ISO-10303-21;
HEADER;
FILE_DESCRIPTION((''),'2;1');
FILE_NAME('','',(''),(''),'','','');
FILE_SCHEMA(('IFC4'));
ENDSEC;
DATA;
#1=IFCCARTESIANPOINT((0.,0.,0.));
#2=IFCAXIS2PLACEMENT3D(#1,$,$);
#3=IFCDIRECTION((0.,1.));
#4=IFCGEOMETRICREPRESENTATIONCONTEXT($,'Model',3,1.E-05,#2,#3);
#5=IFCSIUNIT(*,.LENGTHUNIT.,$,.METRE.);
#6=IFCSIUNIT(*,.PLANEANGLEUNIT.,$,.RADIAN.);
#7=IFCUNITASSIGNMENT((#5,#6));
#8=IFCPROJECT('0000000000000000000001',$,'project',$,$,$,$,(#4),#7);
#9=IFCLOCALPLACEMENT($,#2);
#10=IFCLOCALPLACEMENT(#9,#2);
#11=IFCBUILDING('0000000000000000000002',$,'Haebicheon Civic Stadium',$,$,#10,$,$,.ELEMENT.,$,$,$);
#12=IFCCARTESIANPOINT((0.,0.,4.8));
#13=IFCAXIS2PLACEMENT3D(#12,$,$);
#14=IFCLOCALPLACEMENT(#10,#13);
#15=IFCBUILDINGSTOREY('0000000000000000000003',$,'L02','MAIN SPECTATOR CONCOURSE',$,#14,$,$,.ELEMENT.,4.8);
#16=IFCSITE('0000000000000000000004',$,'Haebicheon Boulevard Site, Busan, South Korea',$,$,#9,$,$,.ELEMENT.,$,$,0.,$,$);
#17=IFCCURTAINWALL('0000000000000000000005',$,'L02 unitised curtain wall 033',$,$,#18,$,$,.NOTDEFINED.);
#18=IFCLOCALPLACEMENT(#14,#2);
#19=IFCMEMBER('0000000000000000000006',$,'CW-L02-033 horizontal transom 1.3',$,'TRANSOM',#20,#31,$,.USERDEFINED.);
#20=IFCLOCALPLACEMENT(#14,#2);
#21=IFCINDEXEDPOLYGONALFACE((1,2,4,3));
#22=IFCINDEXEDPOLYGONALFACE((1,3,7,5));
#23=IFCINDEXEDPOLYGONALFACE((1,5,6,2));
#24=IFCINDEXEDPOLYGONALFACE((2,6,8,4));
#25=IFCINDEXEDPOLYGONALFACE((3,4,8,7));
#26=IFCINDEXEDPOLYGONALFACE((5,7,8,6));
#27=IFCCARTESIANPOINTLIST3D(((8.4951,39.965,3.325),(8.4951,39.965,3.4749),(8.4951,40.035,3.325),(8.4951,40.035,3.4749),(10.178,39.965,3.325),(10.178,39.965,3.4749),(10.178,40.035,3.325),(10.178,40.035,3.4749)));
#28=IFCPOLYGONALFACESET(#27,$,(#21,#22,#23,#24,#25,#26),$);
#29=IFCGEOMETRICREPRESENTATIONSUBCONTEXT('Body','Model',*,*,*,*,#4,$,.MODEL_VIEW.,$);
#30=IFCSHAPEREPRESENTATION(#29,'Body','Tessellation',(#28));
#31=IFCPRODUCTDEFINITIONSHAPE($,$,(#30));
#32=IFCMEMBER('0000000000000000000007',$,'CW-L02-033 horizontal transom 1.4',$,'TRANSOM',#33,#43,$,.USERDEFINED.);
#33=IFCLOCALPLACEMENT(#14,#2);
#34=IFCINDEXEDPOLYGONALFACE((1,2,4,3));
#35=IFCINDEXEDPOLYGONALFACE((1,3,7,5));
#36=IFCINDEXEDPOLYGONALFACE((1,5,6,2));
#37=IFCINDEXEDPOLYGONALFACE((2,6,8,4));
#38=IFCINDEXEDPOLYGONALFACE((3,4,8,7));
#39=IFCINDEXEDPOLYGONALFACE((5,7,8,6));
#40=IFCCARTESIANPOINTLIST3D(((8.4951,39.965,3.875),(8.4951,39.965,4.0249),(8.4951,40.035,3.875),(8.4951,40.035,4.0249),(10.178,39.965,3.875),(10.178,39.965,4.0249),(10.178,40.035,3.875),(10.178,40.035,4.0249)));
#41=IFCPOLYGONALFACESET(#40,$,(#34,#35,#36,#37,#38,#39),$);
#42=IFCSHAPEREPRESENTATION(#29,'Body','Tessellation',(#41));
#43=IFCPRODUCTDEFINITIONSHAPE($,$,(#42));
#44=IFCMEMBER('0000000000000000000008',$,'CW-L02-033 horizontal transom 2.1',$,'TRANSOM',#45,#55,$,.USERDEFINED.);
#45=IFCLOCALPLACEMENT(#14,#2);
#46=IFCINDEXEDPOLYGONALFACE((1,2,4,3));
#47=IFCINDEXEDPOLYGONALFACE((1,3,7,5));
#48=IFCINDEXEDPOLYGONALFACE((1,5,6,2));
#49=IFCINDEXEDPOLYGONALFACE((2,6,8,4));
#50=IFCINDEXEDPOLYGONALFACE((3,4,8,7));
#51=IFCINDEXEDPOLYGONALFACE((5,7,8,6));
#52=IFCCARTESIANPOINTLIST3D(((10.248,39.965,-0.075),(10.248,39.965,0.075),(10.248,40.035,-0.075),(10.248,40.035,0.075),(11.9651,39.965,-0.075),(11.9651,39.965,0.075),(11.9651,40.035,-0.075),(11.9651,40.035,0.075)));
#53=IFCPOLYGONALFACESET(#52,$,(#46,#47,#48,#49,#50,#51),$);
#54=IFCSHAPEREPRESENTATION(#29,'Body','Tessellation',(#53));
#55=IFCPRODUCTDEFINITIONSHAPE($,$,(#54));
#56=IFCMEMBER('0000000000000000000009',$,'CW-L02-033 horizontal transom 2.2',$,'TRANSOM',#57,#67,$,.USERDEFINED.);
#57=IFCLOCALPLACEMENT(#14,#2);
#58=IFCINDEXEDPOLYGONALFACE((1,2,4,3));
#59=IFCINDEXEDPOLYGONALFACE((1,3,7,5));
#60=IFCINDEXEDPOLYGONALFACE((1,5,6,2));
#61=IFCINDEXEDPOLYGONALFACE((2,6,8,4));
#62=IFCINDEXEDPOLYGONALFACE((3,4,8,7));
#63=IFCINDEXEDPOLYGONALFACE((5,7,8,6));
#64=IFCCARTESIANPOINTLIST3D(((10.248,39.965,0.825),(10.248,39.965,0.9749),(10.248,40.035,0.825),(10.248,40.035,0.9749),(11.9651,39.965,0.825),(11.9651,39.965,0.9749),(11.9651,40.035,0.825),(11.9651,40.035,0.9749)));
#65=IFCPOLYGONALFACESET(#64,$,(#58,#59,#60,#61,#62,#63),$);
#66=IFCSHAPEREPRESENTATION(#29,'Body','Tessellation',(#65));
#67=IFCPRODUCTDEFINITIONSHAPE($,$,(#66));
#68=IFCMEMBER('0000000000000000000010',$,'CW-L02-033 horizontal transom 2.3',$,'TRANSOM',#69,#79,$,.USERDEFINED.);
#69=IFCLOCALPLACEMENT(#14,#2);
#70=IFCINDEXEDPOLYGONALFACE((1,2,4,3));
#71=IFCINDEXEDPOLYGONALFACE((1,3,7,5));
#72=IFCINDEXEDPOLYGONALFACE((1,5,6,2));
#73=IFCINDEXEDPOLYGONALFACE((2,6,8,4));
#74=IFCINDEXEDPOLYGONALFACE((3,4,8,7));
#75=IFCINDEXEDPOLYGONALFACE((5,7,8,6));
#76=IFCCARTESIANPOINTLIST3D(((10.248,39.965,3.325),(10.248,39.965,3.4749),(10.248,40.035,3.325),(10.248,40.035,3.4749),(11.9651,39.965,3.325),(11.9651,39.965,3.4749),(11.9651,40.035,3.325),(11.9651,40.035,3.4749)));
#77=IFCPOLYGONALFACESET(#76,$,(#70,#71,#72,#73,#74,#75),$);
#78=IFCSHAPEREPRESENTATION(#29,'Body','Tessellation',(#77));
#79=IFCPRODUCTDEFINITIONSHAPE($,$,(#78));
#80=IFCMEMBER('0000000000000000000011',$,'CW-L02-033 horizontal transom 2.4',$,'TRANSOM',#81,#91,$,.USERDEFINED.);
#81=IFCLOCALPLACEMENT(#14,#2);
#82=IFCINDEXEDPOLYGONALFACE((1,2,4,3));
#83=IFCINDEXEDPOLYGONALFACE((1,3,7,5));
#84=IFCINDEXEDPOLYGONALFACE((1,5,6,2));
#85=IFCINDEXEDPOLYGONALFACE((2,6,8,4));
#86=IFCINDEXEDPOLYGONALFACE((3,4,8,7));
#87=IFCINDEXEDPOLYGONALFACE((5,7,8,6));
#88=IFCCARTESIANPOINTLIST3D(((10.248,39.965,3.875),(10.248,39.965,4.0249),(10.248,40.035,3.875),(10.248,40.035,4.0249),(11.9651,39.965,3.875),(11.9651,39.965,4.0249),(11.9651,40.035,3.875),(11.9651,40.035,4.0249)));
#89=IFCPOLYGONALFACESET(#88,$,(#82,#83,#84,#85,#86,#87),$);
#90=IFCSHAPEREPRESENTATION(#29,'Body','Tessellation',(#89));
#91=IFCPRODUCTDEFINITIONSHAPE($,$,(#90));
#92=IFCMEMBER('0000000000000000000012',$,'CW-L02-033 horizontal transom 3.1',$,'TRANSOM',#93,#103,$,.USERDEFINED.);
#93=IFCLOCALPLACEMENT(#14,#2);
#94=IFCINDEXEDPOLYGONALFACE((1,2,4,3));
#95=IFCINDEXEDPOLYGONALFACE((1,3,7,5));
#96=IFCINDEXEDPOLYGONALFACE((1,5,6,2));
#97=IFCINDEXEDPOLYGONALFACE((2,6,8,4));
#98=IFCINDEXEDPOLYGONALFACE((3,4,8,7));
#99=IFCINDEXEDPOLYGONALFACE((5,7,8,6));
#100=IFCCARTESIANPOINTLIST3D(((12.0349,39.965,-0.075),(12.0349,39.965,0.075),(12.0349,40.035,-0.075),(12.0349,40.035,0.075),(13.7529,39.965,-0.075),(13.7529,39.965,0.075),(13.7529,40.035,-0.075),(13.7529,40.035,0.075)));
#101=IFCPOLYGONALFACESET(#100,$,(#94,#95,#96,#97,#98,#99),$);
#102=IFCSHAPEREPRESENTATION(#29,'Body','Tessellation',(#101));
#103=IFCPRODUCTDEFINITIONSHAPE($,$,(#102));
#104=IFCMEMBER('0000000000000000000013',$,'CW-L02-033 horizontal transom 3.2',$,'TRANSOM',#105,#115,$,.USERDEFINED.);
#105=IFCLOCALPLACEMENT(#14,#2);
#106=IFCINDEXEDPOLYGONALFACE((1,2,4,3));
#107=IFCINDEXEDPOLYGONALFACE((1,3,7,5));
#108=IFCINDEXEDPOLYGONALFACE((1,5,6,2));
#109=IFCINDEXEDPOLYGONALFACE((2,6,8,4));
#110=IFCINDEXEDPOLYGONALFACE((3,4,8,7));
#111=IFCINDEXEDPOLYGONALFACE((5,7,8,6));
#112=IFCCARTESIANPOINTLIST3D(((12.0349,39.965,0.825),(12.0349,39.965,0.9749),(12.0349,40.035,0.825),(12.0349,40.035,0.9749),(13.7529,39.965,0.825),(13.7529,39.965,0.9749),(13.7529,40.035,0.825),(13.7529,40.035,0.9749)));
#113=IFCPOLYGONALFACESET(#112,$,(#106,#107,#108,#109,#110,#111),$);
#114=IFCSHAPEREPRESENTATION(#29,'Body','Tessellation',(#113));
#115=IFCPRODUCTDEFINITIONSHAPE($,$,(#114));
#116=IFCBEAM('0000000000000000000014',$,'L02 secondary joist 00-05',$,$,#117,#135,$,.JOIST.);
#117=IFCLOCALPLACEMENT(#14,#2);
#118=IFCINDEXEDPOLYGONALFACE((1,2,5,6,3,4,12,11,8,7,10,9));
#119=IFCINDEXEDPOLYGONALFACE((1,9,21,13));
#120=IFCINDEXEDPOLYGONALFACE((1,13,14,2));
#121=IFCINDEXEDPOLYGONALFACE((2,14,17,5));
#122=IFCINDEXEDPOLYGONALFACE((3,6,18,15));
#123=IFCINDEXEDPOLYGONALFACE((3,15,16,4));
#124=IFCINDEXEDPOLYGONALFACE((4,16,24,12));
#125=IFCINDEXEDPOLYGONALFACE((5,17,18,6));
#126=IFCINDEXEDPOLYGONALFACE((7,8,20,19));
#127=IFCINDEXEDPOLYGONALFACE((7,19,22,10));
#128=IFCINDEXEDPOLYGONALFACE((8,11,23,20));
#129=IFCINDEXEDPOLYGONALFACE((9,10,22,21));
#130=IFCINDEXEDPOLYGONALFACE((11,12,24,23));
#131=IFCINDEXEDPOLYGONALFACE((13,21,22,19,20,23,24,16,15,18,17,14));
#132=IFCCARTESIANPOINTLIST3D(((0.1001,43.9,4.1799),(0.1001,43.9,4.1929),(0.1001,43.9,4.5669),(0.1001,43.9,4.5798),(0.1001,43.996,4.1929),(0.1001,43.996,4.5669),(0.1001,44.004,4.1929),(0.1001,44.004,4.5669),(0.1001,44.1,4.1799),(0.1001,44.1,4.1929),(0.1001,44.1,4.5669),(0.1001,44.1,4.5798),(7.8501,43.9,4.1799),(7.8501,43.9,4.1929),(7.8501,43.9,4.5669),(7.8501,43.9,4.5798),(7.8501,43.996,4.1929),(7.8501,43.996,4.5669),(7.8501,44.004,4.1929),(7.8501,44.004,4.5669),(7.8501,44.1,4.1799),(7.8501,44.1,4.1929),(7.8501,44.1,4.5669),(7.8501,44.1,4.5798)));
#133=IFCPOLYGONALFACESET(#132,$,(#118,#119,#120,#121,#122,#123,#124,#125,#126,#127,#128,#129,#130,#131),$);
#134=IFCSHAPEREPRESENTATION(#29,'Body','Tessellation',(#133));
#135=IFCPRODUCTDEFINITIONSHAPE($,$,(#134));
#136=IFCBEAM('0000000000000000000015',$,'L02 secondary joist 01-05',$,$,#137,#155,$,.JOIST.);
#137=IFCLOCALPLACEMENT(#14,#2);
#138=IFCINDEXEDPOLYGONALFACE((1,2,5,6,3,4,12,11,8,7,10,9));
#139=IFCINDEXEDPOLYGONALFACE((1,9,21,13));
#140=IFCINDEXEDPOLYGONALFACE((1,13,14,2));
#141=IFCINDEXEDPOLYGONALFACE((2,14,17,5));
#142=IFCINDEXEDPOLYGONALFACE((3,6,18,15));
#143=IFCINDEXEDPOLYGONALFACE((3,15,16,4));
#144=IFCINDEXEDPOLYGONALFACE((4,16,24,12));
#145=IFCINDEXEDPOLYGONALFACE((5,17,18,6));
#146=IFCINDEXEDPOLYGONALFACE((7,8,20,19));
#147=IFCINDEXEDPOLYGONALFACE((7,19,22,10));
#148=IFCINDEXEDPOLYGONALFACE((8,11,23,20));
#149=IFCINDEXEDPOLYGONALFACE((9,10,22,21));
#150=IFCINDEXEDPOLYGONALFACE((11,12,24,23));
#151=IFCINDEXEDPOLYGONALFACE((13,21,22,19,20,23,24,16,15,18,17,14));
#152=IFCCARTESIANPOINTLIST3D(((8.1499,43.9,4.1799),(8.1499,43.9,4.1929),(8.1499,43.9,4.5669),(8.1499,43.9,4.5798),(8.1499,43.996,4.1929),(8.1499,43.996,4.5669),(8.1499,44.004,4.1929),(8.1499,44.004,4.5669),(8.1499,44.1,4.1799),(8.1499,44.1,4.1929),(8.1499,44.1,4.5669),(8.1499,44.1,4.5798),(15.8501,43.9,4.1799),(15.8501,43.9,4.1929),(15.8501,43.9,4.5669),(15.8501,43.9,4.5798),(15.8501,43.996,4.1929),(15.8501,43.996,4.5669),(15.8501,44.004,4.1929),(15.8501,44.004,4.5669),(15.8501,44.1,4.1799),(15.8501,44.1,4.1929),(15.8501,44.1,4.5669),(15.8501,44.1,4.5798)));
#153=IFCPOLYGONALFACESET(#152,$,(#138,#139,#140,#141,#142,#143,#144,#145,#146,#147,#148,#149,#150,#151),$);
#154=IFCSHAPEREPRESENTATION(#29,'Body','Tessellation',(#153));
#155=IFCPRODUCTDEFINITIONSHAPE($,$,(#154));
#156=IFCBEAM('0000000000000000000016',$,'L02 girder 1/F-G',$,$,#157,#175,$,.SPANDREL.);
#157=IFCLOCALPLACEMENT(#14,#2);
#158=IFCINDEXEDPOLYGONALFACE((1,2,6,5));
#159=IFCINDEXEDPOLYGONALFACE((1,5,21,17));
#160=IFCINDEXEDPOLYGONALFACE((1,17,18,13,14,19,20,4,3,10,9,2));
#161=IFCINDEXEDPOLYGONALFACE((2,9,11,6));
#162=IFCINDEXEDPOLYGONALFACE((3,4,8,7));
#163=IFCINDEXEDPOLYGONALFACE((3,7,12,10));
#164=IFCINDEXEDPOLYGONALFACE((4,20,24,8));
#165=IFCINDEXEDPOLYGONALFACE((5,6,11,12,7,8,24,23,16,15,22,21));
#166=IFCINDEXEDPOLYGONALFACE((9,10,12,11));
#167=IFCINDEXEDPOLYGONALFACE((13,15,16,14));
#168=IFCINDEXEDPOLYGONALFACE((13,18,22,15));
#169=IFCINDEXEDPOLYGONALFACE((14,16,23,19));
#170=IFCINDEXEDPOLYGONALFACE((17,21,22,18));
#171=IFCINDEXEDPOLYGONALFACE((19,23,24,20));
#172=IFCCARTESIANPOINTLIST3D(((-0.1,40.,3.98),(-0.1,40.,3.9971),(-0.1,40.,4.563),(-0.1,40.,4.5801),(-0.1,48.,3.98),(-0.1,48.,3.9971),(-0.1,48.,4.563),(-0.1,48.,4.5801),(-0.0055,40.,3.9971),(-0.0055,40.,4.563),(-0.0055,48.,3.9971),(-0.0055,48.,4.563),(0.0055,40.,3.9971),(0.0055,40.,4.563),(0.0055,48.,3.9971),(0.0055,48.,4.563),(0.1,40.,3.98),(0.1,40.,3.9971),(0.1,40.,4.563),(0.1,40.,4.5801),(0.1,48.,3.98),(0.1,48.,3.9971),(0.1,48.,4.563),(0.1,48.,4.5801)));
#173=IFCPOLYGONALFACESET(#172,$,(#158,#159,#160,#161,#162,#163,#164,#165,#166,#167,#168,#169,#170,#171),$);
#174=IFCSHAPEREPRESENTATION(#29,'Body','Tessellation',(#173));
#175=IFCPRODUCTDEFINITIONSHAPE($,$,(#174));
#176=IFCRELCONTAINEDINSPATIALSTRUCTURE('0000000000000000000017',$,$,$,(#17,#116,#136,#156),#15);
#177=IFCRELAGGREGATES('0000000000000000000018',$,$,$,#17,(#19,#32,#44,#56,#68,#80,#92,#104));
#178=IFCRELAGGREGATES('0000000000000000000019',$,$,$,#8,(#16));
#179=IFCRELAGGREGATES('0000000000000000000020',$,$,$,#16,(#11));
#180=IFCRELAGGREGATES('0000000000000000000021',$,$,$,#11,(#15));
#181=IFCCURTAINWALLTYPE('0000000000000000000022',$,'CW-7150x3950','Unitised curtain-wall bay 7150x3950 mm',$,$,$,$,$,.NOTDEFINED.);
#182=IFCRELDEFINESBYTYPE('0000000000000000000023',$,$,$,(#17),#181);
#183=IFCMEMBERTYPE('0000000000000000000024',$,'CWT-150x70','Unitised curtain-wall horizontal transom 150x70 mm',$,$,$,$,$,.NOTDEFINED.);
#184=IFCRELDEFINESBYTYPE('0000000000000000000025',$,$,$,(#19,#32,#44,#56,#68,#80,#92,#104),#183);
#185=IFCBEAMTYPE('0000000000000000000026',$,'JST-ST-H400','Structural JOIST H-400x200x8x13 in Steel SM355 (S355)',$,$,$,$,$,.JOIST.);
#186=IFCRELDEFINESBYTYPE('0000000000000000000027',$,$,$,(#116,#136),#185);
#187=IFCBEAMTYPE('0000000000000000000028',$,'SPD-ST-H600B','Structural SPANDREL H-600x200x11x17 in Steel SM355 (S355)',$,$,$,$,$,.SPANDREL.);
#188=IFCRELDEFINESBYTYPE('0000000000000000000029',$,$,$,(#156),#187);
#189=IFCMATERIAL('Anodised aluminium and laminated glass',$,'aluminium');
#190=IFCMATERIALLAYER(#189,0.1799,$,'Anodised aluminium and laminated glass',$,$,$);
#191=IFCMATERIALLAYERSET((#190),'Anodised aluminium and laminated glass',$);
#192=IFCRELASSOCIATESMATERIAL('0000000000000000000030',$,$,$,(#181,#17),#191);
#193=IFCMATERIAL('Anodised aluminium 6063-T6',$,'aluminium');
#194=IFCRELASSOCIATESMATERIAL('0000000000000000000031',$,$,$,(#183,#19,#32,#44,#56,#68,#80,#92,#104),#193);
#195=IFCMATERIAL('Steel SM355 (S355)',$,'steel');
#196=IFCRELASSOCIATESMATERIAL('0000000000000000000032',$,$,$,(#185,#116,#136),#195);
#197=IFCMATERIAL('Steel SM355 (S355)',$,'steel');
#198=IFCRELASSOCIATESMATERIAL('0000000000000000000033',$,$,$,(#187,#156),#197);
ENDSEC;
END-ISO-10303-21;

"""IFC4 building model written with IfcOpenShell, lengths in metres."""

from ifc_helpers import new_model, si_unit, direction, frame, origin, origin_2d, place, context, subcontext, project, spatial, rectangle, i_section, extrude, material, layer, layer_set, material_profile, profile_set, type_object, element, aggregate, save


model = new_model("IFC4")

# Units and contexts
model_context = context("Model", 3, precision=1e-05, world=origin(), true_north=direction((0.0, 1.0)))
body_context = subcontext(model_context, "Body", "Model", "MODEL_VIEW")
ifc_project = project(units=[si_unit("LENGTHUNIT", "METRE"), si_unit("PLANEANGLEUNIT", "RADIAN")], contexts=[model_context])

# Site, building, storey
site_placement = place(None, origin())
site = spatial("IfcSite", under=ifc_project, at=site_placement, Name="Haebicheon Boulevard Site, Busan, South Korea", CompositionType="ELEMENT", RefElevation=0.0)
building_placement = place(site_placement, origin())
building = spatial("IfcBuilding", under=site, at=building_placement, Name="Haebicheon Civic Stadium", CompositionType="ELEMENT")
storey_placement = place(building_placement, frame((0.0, 0.0, 4.8)))
storey = spatial("IfcBuildingStorey", under=building, at=storey_placement, Name="L02", Description="MAIN SPECTATOR CONCOURSE", CompositionType="ELEMENT", Elevation=4.8)

# Curtain wall, members
ifc_material_1 = material(Name="Anodised aluminium and laminated glass", Category="aluminium")
ifc_layer_1 = layer(ifc_material_1, 0.1799, Name="Anodised aluminium and laminated glass")
ifc_layer_set_1 = layer_set([ifc_layer_1], Name="Anodised aluminium and laminated glass")
curtain_wall_type = type_object("IfcCurtainWallType", Name="CW-7150x3950", Description="Unitised curtain-wall bay 7150x3950 mm", PredefinedType="NOTDEFINED", material=ifc_layer_set_1)
curtain_wall_placement = place(storey_placement, origin())
curtain_wall = element("IfcCurtainWall", 1, at=curtain_wall_placement, inside=storey, type_object=curtain_wall_type, material=ifc_layer_set_1, Name="L02 unitised curtain wall 033", PredefinedType="NOTDEFINED")
ifc_material_2 = material(Name="Anodised aluminium 6063-T6", Category="aluminium")
ifc_material_profile_1 = material_profile(ifc_material_2, rectangle(XDim=0.0701, YDim=0.1499, at=origin_2d()), Name="ALU-TRAN-70x150")
ifc_profile_set_1 = profile_set([ifc_material_profile_1], Name="Anodised aluminium 6063-T6")
member_type_1 = type_object("IfcMemberType", Name="CWT-150x70", Description="Unitised curtain-wall horizontal transom 150x70 mm", PredefinedType="NOTDEFINED", material=ifc_profile_set_1)
member_1_placement = place(storey_placement, frame((8.4951, 40.0, 3.3999), z_axis=(1.0, 0.0, 0.0), x_axis=(0.0, 1.0, 0.0)))
member_1 = element("IfcMember", 2, at=member_1_placement, type_object=member_type_1, material=ifc_profile_set_1, Name="CW-L02-033 horizontal transom 1.3", ObjectType="TRANSOM", PredefinedType="USERDEFINED", context=body_context, shape_type="SweptSolid", body=[
    extrude(rectangle(XDim=0.0701, YDim=0.1499, at=origin_2d()), origin(), (0.0, 0.0, 1.0), 1.6829),
])
member_2_placement = place(storey_placement, frame((8.4951, 40.0, 3.95), z_axis=(1.0, 0.0, 0.0), x_axis=(0.0, 1.0, 0.0)))
member_2 = element("IfcMember", 3, at=member_2_placement, type_object=member_type_1, material=ifc_profile_set_1, Name="CW-L02-033 horizontal transom 1.4", ObjectType="TRANSOM", PredefinedType="USERDEFINED", context=body_context, shape_type="SweptSolid", body=[
    extrude(rectangle(XDim=0.0701, YDim=0.1499, at=origin_2d()), origin(), (0.0, 0.0, 1.0), 1.6829),
])
member_3_placement = place(storey_placement, frame((10.248, 40.0, 0.0), z_axis=(1.0, 0.0, 0.0), x_axis=(0.0, 1.0, 0.0)))
member_3 = element("IfcMember", 4, at=member_3_placement, type_object=member_type_1, material=ifc_profile_set_1, Name="CW-L02-033 horizontal transom 2.1", ObjectType="TRANSOM", PredefinedType="USERDEFINED", context=body_context, shape_type="SweptSolid", body=[
    extrude(rectangle(XDim=0.0701, YDim=0.1499, at=origin_2d()), origin(), (0.0, 0.0, 1.0), 1.717),
])
member_4_placement = place(storey_placement, frame((10.248, 40.0, 0.8999), z_axis=(1.0, 0.0, 0.0), x_axis=(0.0, 1.0, 0.0)))
member_4 = element("IfcMember", 5, at=member_4_placement, type_object=member_type_1, material=ifc_profile_set_1, Name="CW-L02-033 horizontal transom 2.2", ObjectType="TRANSOM", PredefinedType="USERDEFINED", context=body_context, shape_type="SweptSolid", body=[
    extrude(rectangle(XDim=0.0701, YDim=0.1499, at=origin_2d()), origin(), (0.0, 0.0, 1.0), 1.717),
])
member_5_placement = place(storey_placement, frame((10.248, 40.0, 3.3999), z_axis=(1.0, 0.0, 0.0), x_axis=(0.0, 1.0, 0.0)))
member_5 = element("IfcMember", 6, at=member_5_placement, type_object=member_type_1, material=ifc_profile_set_1, Name="CW-L02-033 horizontal transom 2.3", ObjectType="TRANSOM", PredefinedType="USERDEFINED", context=body_context, shape_type="SweptSolid", body=[
    extrude(rectangle(XDim=0.0701, YDim=0.1499, at=origin_2d()), origin(), (0.0, 0.0, 1.0), 1.717),
])
member_6_placement = place(storey_placement, frame((10.248, 40.0, 3.95), z_axis=(1.0, 0.0, 0.0), x_axis=(0.0, 1.0, 0.0)))
member_6 = element("IfcMember", 7, at=member_6_placement, type_object=member_type_1, material=ifc_profile_set_1, Name="CW-L02-033 horizontal transom 2.4", ObjectType="TRANSOM", PredefinedType="USERDEFINED", context=body_context, shape_type="SweptSolid", body=[
    extrude(rectangle(XDim=0.0701, YDim=0.1499, at=origin_2d()), origin(), (0.0, 0.0, 1.0), 1.717),
])
member_7_placement = place(storey_placement, frame((12.0349, 40.0, 0.0), z_axis=(1.0, 0.0, 0.0), x_axis=(0.0, 1.0, 0.0)))
member_7 = element("IfcMember", 8, at=member_7_placement, type_object=member_type_1, material=ifc_profile_set_1, Name="CW-L02-033 horizontal transom 3.1", ObjectType="TRANSOM", PredefinedType="USERDEFINED", context=body_context, shape_type="SweptSolid", body=[
    extrude(rectangle(XDim=0.0701, YDim=0.1499, at=origin_2d()), origin(), (0.0, 0.0, 1.0), 1.718),
])
member_8_placement = place(storey_placement, frame((12.0349, 40.0, 0.8999), z_axis=(1.0, 0.0, 0.0), x_axis=(0.0, 1.0, 0.0)))
member_8 = element("IfcMember", 9, at=member_8_placement, type_object=member_type_1, material=ifc_profile_set_1, Name="CW-L02-033 horizontal transom 3.2", ObjectType="TRANSOM", PredefinedType="USERDEFINED", context=body_context, shape_type="SweptSolid", body=[
    extrude(rectangle(XDim=0.0701, YDim=0.1499, at=origin_2d()), origin(), (0.0, 0.0, 1.0), 1.718),
])

# Beams
ifc_material_3 = material(Name="Steel SM355 (S355)", Category="steel")
ifc_material_profile_2 = material_profile(ifc_material_3, i_section(OverallWidth=0.2, OverallDepth=0.3999, WebThickness=0.0081, FlangeThickness=0.0129, at=origin_2d()), Name="H-400x200x8x13")
ifc_profile_set_2 = profile_set([ifc_material_profile_2], Name="Steel SM355 (S355)")
beam_type_1 = type_object("IfcBeamType", Name="JST-ST-H400", Description="Structural JOIST H-400x200x8x13 in Steel SM355 (S355)", PredefinedType="JOIST", material=ifc_profile_set_2)
beam_1_placement = place(storey_placement, frame((0.1001, 44.0, 4.3799), z_axis=(1.0, 0.0, 0.0), x_axis=(0.0, 1.0, 0.0)))
element("IfcBeam", 10, at=beam_1_placement, inside=storey, type_object=beam_type_1, material=ifc_profile_set_2, Name="L02 secondary joist 00-05", PredefinedType="JOIST", context=body_context, shape_type="SweptSolid", body=[
    extrude(i_section(OverallWidth=0.2, OverallDepth=0.3999, WebThickness=0.0081, FlangeThickness=0.0129, at=origin_2d()), origin(), (0.0, 0.0, 1.0), 7.75),
])
beam_2_placement = place(storey_placement, frame((8.1499, 44.0, 4.3799), z_axis=(1.0, 0.0, 0.0), x_axis=(0.0, 1.0, 0.0)))
element("IfcBeam", 11, at=beam_2_placement, inside=storey, type_object=beam_type_1, material=ifc_profile_set_2, Name="L02 secondary joist 01-05", PredefinedType="JOIST", context=body_context, shape_type="SweptSolid", body=[
    extrude(i_section(OverallWidth=0.2, OverallDepth=0.3999, WebThickness=0.0081, FlangeThickness=0.0129, at=origin_2d()), origin(), (0.0, 0.0, 1.0), 7.7002),
])
ifc_material_4 = material(Name="Steel SM355 (S355)", Category="steel")
ifc_material_profile_3 = material_profile(ifc_material_4, i_section(OverallWidth=0.2, OverallDepth=0.6001, WebThickness=0.011, FlangeThickness=0.0171, at=origin_2d()), Name="H-600x200x11x17")
ifc_profile_set_3 = profile_set([ifc_material_profile_3], Name="Steel SM355 (S355)")
beam_type_2 = type_object("IfcBeamType", Name="SPD-ST-H600B", Description="Structural SPANDREL H-600x200x11x17 in Steel SM355 (S355)", PredefinedType="SPANDREL", material=ifc_profile_set_3)
for number, where, z_axis, x_axis, name in (
    (12, (0.0, 40.0, 4.28), (0.0, 1.0, 0.0), (-1.0, 0.0, 0.0), "L02 girder 1/F-G"),
):
    element("IfcBeam", number, at=place(storey_placement, frame(where, z_axis=z_axis, x_axis=x_axis)), inside=storey, type_object=beam_type_2, material=ifc_profile_set_3, Name=name, PredefinedType="SPANDREL", context=body_context, shape_type="SweptSolid", body=[
        extrude(i_section(OverallWidth=0.2, OverallDepth=0.6001, WebThickness=0.011, FlangeThickness=0.0171, at=origin_2d()), origin(), (0.0, 0.0, 1.0), 8.0),
    ])

aggregate(curtain_wall, [member_1, member_2, member_3, member_4, member_5, member_6, member_7, member_8])

save(model, "model.ifc")
